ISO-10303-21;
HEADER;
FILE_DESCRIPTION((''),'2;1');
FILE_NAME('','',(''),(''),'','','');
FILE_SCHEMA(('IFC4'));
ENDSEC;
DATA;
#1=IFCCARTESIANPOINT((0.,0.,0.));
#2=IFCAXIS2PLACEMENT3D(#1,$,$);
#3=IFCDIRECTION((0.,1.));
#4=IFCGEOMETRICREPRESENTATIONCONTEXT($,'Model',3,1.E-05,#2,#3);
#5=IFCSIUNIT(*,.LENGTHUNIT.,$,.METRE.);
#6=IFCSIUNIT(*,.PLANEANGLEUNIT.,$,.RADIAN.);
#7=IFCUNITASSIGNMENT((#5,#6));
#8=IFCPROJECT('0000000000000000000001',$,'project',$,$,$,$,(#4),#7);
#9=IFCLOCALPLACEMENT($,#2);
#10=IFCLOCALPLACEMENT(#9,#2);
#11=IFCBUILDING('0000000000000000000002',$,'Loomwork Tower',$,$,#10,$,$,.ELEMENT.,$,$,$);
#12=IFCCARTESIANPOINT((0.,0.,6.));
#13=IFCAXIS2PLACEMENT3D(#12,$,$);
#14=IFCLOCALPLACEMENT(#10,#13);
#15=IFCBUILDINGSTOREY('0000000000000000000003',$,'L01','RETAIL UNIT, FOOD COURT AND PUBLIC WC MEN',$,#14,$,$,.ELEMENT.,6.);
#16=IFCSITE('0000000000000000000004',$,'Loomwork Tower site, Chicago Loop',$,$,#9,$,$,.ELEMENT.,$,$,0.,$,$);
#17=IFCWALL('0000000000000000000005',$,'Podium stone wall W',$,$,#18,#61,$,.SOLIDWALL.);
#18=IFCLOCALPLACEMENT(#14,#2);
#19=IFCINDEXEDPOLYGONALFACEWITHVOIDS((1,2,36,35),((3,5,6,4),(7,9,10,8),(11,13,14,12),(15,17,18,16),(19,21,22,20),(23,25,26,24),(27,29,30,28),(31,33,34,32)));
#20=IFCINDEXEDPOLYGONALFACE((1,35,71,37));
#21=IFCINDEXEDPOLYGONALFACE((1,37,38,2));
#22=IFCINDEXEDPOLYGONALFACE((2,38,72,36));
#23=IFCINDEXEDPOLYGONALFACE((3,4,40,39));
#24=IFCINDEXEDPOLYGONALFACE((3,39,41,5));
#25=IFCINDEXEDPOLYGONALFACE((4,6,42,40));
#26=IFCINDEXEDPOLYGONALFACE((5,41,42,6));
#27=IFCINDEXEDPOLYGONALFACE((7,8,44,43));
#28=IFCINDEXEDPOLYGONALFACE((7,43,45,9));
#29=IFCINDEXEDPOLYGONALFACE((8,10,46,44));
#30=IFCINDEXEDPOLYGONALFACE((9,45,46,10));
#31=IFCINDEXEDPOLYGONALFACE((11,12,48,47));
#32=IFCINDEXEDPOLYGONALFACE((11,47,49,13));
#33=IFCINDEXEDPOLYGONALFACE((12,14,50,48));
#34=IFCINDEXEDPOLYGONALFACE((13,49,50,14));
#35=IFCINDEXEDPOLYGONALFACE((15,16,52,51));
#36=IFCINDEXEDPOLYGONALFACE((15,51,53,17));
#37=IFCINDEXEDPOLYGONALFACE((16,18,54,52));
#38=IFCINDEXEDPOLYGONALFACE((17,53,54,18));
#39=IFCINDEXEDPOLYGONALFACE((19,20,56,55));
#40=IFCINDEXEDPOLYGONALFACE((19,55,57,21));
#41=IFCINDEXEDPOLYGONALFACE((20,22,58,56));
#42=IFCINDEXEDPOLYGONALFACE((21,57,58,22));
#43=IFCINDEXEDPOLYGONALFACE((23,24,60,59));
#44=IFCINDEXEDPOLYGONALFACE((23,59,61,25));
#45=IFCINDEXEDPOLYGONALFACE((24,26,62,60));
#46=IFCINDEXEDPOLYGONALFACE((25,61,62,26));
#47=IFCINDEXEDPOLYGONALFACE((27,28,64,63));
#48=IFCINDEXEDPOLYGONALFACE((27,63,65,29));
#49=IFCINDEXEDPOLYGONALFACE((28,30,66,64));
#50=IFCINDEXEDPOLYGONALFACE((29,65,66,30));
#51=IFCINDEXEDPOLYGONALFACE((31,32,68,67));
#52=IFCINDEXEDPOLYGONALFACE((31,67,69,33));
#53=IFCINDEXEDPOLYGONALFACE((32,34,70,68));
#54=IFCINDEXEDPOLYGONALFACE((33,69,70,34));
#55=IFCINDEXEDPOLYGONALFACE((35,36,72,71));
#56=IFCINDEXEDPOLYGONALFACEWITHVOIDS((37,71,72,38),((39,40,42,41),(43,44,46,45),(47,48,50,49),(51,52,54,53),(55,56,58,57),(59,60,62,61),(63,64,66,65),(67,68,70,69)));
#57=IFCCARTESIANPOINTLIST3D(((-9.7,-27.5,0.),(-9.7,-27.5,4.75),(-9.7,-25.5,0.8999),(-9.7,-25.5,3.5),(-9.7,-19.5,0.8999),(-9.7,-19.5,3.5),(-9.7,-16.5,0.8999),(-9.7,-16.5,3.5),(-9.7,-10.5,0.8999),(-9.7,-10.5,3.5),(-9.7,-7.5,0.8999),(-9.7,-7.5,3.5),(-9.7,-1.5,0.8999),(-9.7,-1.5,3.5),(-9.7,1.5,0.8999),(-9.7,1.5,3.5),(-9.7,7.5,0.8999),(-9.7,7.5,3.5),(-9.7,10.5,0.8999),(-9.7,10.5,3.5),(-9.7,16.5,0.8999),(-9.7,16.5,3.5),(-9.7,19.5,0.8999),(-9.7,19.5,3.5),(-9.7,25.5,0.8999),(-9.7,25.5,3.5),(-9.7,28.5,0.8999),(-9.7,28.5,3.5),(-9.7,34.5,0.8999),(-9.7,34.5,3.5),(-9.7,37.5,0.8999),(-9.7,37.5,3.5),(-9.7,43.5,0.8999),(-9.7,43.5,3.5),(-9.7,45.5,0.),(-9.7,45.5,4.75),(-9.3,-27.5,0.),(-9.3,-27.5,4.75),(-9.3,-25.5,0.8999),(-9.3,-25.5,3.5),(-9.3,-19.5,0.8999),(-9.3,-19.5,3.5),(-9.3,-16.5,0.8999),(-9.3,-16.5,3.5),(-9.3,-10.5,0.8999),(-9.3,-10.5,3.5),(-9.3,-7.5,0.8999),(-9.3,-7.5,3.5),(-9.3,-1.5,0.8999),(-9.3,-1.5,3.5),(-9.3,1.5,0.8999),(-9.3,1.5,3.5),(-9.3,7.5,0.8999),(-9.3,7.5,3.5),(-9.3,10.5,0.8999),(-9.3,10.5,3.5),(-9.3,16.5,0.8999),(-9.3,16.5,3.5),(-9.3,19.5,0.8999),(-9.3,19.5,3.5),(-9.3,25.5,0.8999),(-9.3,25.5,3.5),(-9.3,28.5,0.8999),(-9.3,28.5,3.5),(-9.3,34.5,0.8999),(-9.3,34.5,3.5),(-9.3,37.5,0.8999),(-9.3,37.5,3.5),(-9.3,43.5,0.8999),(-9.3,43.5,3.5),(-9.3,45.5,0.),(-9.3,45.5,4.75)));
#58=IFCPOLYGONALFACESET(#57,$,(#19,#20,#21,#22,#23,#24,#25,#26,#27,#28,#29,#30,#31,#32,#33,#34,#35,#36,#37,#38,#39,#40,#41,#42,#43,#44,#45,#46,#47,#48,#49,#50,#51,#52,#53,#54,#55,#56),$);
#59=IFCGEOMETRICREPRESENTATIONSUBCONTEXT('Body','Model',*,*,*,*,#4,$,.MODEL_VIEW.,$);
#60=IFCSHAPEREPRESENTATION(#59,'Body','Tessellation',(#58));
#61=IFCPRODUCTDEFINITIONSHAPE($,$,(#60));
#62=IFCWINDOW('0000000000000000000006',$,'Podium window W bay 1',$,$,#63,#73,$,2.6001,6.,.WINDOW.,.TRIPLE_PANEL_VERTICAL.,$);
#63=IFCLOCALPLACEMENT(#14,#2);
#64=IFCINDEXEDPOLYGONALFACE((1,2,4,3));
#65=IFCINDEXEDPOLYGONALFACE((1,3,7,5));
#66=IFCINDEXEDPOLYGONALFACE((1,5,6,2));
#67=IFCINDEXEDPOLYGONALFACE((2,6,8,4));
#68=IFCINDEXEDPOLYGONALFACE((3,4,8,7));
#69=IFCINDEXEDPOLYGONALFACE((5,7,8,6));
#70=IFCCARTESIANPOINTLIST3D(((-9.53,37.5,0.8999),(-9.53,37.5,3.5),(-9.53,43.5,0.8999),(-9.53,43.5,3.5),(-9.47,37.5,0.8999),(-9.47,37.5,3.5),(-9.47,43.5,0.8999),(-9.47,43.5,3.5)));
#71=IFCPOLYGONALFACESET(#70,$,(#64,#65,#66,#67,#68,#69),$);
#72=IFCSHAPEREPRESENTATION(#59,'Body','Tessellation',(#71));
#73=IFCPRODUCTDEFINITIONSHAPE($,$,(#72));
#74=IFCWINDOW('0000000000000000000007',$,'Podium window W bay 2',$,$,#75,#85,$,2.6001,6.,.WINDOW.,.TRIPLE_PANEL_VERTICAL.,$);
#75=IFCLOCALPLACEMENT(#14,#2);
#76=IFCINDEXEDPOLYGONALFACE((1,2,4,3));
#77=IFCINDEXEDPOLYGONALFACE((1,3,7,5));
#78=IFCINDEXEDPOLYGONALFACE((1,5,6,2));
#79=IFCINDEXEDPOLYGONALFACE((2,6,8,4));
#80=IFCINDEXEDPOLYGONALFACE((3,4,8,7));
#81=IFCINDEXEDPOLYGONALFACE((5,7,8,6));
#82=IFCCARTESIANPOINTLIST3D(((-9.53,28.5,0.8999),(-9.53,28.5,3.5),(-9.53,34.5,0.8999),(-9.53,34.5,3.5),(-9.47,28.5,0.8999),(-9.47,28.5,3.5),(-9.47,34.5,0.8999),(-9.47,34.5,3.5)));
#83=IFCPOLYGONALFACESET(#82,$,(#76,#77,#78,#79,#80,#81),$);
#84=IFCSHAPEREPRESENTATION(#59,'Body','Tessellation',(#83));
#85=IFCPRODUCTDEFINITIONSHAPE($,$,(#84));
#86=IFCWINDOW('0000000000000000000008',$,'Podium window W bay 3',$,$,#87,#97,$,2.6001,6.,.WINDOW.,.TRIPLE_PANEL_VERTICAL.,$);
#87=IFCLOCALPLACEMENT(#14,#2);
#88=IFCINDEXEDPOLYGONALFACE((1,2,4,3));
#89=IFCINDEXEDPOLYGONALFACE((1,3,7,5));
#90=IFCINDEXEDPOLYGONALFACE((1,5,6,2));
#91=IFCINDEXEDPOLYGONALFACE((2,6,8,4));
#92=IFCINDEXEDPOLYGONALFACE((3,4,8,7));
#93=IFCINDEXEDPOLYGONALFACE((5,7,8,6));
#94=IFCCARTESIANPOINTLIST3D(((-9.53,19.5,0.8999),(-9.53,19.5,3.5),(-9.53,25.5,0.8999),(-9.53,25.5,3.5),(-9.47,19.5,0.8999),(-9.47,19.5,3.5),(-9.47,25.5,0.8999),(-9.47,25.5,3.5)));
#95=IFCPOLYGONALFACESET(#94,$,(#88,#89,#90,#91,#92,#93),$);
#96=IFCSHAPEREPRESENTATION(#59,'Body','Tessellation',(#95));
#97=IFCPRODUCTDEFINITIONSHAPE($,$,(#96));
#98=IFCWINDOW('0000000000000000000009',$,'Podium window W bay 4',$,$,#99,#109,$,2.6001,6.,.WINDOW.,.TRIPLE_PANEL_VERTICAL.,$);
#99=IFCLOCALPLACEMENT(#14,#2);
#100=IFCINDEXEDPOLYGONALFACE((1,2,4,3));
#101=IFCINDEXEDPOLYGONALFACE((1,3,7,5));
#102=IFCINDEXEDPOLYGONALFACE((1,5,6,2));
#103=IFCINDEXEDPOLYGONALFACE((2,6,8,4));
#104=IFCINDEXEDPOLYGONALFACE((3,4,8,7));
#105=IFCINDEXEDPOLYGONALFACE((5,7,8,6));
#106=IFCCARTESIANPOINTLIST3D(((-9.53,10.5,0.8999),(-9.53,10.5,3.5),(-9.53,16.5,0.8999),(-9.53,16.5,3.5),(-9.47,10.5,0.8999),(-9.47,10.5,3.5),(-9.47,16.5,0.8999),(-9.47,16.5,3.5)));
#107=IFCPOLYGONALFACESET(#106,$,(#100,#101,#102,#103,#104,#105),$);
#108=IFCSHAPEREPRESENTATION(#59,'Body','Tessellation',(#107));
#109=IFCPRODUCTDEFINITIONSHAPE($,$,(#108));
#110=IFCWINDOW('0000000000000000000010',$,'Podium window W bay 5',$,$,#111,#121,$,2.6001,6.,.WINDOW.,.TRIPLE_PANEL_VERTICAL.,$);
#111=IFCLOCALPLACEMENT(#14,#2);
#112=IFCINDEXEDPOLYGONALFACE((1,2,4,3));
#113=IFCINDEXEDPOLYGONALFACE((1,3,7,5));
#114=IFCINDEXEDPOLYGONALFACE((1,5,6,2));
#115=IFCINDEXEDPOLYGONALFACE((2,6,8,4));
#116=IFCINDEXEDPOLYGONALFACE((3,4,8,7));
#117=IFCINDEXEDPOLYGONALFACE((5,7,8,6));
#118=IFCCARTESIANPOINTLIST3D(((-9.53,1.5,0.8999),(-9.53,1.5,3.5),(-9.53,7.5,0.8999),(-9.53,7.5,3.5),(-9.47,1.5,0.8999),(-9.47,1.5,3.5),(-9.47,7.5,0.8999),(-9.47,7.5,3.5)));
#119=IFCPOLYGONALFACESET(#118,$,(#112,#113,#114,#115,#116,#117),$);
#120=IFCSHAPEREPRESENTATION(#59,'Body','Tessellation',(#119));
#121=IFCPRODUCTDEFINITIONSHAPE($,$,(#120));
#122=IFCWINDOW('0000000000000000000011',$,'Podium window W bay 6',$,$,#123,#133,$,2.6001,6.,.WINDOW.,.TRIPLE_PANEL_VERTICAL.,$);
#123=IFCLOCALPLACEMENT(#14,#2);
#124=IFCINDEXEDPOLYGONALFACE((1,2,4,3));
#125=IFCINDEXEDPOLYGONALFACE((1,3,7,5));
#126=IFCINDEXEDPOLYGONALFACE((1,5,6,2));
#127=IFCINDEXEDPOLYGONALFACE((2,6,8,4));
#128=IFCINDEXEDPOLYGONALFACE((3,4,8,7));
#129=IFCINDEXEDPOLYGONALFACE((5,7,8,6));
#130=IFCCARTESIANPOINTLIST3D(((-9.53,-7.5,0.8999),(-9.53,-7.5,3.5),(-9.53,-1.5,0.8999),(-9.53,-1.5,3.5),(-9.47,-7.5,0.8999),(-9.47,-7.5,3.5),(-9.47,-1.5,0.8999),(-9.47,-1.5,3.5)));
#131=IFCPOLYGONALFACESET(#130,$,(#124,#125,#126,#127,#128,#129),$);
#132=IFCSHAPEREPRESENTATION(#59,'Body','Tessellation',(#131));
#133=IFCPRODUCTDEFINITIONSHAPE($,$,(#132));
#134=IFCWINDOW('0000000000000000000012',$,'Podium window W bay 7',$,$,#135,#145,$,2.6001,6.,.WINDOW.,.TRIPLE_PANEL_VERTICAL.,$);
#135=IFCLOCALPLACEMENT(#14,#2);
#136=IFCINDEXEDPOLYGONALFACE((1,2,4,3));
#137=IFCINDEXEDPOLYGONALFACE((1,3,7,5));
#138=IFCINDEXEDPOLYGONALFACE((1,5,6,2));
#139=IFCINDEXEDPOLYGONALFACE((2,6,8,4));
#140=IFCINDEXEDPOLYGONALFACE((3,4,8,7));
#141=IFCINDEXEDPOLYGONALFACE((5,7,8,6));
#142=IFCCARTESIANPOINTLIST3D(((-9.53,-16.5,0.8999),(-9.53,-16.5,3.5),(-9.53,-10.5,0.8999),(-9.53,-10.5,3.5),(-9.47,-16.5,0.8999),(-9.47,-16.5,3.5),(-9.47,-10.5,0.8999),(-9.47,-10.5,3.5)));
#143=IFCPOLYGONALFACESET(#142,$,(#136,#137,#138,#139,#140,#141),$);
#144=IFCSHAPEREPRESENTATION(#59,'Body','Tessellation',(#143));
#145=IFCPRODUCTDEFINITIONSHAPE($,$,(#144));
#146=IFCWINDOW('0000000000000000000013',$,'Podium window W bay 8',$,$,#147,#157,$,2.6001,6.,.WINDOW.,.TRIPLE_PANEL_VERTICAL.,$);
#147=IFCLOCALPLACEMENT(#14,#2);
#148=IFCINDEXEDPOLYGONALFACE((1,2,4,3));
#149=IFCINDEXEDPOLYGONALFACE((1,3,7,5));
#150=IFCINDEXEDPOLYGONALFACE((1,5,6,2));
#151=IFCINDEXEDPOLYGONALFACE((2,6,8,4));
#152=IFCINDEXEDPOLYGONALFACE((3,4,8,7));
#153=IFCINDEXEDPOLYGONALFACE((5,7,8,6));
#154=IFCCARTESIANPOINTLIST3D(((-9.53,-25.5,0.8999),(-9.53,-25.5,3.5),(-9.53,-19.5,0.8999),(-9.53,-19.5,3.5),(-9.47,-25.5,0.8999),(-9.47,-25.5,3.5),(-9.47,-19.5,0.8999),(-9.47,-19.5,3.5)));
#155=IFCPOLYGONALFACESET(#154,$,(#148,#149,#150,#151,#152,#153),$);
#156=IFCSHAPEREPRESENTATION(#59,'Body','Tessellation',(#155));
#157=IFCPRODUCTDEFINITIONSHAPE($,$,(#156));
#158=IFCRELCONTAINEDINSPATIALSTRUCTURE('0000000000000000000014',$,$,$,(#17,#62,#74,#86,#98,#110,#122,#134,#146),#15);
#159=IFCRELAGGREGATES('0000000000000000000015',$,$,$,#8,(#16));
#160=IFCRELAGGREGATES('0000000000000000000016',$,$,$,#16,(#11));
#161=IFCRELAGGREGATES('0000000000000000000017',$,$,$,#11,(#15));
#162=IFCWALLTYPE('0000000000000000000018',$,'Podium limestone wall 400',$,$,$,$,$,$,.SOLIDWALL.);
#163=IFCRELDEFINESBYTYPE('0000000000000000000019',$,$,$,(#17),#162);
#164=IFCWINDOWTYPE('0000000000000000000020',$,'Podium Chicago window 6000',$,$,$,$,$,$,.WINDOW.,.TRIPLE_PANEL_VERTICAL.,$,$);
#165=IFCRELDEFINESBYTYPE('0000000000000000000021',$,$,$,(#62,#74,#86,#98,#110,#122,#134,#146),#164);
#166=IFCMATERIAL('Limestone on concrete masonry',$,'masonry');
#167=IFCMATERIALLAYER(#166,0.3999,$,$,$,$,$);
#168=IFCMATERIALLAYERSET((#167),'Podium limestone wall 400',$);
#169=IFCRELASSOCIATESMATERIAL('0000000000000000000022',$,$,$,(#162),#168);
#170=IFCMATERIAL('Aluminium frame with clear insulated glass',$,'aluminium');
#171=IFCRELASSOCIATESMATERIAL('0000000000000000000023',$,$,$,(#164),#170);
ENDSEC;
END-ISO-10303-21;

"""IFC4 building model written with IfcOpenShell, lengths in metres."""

from ifc_helpers import new_model, si_unit, direction, frame, frame_2d, origin, place, context, subcontext, project, spatial, rectangle, extrude, material, layer, layer_set, type_object, element, fill, save


model = new_model("IFC4")

# Units and contexts
model_context = context("Model", 3, precision=1e-05, world=origin(), true_north=direction((0.0, 1.0)))
body_context = subcontext(model_context, "Body", "Model", "MODEL_VIEW")
ifc_project = project(units=[si_unit("LENGTHUNIT", "METRE"), si_unit("PLANEANGLEUNIT", "RADIAN")], contexts=[model_context])

# Site, building, storey
site_placement = place(None, origin())
site = spatial("IfcSite", under=ifc_project, at=site_placement, Name="Loomwork Tower site, Chicago Loop", CompositionType="ELEMENT", RefElevation=0.0)
building_placement = place(site_placement, origin())
building = spatial("IfcBuilding", under=site, at=building_placement, Name="Loomwork Tower", CompositionType="ELEMENT")
storey_placement = place(building_placement, frame((0.0, 0.0, 6.0)))
storey = spatial("IfcBuildingStorey", under=building, at=storey_placement, Name="L01", Description="RETAIL UNIT, FOOD COURT AND PUBLIC WC MEN", CompositionType="ELEMENT", Elevation=6.0)

# Wall, openings, windows
ifc_material_1 = material(Name="Limestone on concrete masonry", Category="masonry")
ifc_layer_1 = layer(ifc_material_1, 0.3999)
ifc_layer_set_1 = layer_set([ifc_layer_1], Name="Podium limestone wall 400")
wall_type_1 = type_object("IfcWallType", Name="Podium limestone wall 400", PredefinedType="SOLIDWALL", material=ifc_layer_set_1)
wall_1_placement = place(storey_placement, frame((-9.5, 45.5, 0.0), z_axis=(0.0, 0.0, 1.0), x_axis=(0.0, -1.0, 0.0)))
wall_1 = element("IfcWall", 1, at=wall_1_placement, inside=storey, type_object=wall_type_1, Name="Podium stone wall W", PredefinedType="SOLIDWALL", context=body_context, shape_type="SweptSolid", body=[
    extrude(rectangle(XDim=73.0, YDim=0.3999, at=frame_2d((36.5, 0.0))), origin(), (0.0, 0.0, 1.0), 4.75),
])
opening_1_placement = place(wall_1_placement, frame((2.0, 0.0, 0.8999)))
opening_1 = element("IfcOpeningElement", 2, at=opening_1_placement, cuts=wall_1, PredefinedType="OPENING", context=body_context, shape_type="SweptSolid", body=[
    extrude(rectangle(XDim=6.0, YDim=2.6001, at=frame_2d((3.0, 1.3))), frame((0.0, 0.21, 0.0), z_axis=(0.0, -1.0, 0.0), x_axis=(1.0, 0.0, 0.0)), (0.0, 0.0, 1.0), 0.4199),
])
opening_2_placement = place(wall_1_placement, frame((11.0, 0.0, 0.8999)))
opening_2 = element("IfcOpeningElement", 3, at=opening_2_placement, cuts=wall_1, PredefinedType="OPENING", context=body_context, shape_type="SweptSolid", body=[
    extrude(rectangle(XDim=6.0, YDim=2.6001, at=frame_2d((3.0, 1.3))), frame((0.0, 0.21, 0.0), z_axis=(0.0, -1.0, 0.0), x_axis=(1.0, 0.0, 0.0)), (0.0, 0.0, 1.0), 0.4199),
])
opening_3_placement = place(wall_1_placement, frame((20.0, 0.0, 0.8999)))
opening_3 = element("IfcOpeningElement", 4, at=opening_3_placement, cuts=wall_1, PredefinedType="OPENING", context=body_context, shape_type="SweptSolid", body=[
    extrude(rectangle(XDim=6.0, YDim=2.6001, at=frame_2d((3.0, 1.3))), frame((0.0, 0.21, 0.0), z_axis=(0.0, -1.0, 0.0), x_axis=(1.0, 0.0, 0.0)), (0.0, 0.0, 1.0), 0.4199),
])
opening_4_placement = place(wall_1_placement, frame((29.0, 0.0, 0.8999)))
opening_4 = element("IfcOpeningElement", 5, at=opening_4_placement, cuts=wall_1, PredefinedType="OPENING", context=body_context, shape_type="SweptSolid", body=[
    extrude(rectangle(XDim=6.0, YDim=2.6001, at=frame_2d((3.0, 1.3))), frame((0.0, 0.21, 0.0), z_axis=(0.0, -1.0, 0.0), x_axis=(1.0, 0.0, 0.0)), (0.0, 0.0, 1.0), 0.4199),
])
opening_5_placement = place(wall_1_placement, frame((38.0, 0.0, 0.8999)))
opening_5 = element("IfcOpeningElement", 6, at=opening_5_placement, cuts=wall_1, PredefinedType="OPENING", context=body_context, shape_type="SweptSolid", body=[
    extrude(rectangle(XDim=6.0, YDim=2.6001, at=frame_2d((3.0, 1.3))), frame((0.0, 0.21, 0.0), z_axis=(0.0, -1.0, 0.0), x_axis=(1.0, 0.0, 0.0)), (0.0, 0.0, 1.0), 0.4199),
])
opening_6_placement = place(wall_1_placement, frame((47.0, 0.0, 0.8999)))
opening_6 = element("IfcOpeningElement", 7, at=opening_6_placement, cuts=wall_1, PredefinedType="OPENING", context=body_context, shape_type="SweptSolid", body=[
    extrude(rectangle(XDim=6.0, YDim=2.6001, at=frame_2d((3.0, 1.3))), frame((0.0, 0.21, 0.0), z_axis=(0.0, -1.0, 0.0), x_axis=(1.0, 0.0, 0.0)), (0.0, 0.0, 1.0), 0.4199),
])
opening_7_placement = place(wall_1_placement, frame((56.0, 0.0, 0.8999)))
opening_7 = element("IfcOpeningElement", 8, at=opening_7_placement, cuts=wall_1, PredefinedType="OPENING", context=body_context, shape_type="SweptSolid", body=[
    extrude(rectangle(XDim=6.0, YDim=2.6001, at=frame_2d((3.0, 1.3))), frame((0.0, 0.21, 0.0), z_axis=(0.0, -1.0, 0.0), x_axis=(1.0, 0.0, 0.0)), (0.0, 0.0, 1.0), 0.4199),
])
opening_8_placement = place(wall_1_placement, frame((65.0, 0.0, 0.8999)))
opening_8 = element("IfcOpeningElement", 9, at=opening_8_placement, cuts=wall_1, PredefinedType="OPENING", context=body_context, shape_type="SweptSolid", body=[
    extrude(rectangle(XDim=6.0, YDim=2.6001, at=frame_2d((3.0, 1.3))), frame((0.0, 0.21, 0.0), z_axis=(0.0, -1.0, 0.0), x_axis=(1.0, 0.0, 0.0)), (0.0, 0.0, 1.0), 0.4199),
])
ifc_material_2 = material(Name="Aluminium frame with clear insulated glass", Category="aluminium")
window_type = type_object("IfcWindowType", Name="Podium Chicago window 6000", PartitioningType="TRIPLE_PANEL_VERTICAL", PredefinedType="WINDOW", material=ifc_material_2)
window_1_placement = place(opening_1_placement, origin())
window_1 = element("IfcWindow", 10, at=window_1_placement, inside=storey, type_object=window_type, Name="Podium window W bay 1", OverallHeight=2.6001, OverallWidth=6.0, PartitioningType="TRIPLE_PANEL_VERTICAL", PredefinedType="WINDOW", context=body_context, shape_type="SweptSolid", body=[
    extrude(rectangle(XDim=6.0, YDim=2.6001, at=frame_2d((3.0, 1.3))), frame((0.0, 0.03, 0.0), z_axis=(0.0, -1.0, 0.0), x_axis=(1.0, 0.0, 0.0)), (0.0, 0.0, 1.0), 0.0601),
])
fill(opening_1, window_1)
window_2_placement = place(opening_2_placement, origin())
window_2 = element("IfcWindow", 11, at=window_2_placement, inside=storey, type_object=window_type, Name="Podium window W bay 2", OverallHeight=2.6001, OverallWidth=6.0, PartitioningType="TRIPLE_PANEL_VERTICAL", PredefinedType="WINDOW", context=body_context, shape_type="SweptSolid", body=[
    extrude(rectangle(XDim=6.0, YDim=2.6001, at=frame_2d((3.0, 1.3))), frame((0.0, 0.03, 0.0), z_axis=(0.0, -1.0, 0.0), x_axis=(1.0, 0.0, 0.0)), (0.0, 0.0, 1.0), 0.0601),
])
fill(opening_2, window_2)
window_3_placement = place(opening_3_placement, origin())
window_3 = element("IfcWindow", 12, at=window_3_placement, inside=storey, type_object=window_type, Name="Podium window W bay 3", OverallHeight=2.6001, OverallWidth=6.0, PartitioningType="TRIPLE_PANEL_VERTICAL", PredefinedType="WINDOW", context=body_context, shape_type="SweptSolid", body=[
    extrude(rectangle(XDim=6.0, YDim=2.6001, at=frame_2d((3.0, 1.3))), frame((0.0, 0.03, 0.0), z_axis=(0.0, -1.0, 0.0), x_axis=(1.0, 0.0, 0.0)), (0.0, 0.0, 1.0), 0.0601),
])
fill(opening_3, window_3)
window_4_placement = place(opening_4_placement, origin())
window_4 = element("IfcWindow", 13, at=window_4_placement, inside=storey, type_object=window_type, Name="Podium window W bay 4", OverallHeight=2.6001, OverallWidth=6.0, PartitioningType="TRIPLE_PANEL_VERTICAL", PredefinedType="WINDOW", context=body_context, shape_type="SweptSolid", body=[
    extrude(rectangle(XDim=6.0, YDim=2.6001, at=frame_2d((3.0, 1.3))), frame((0.0, 0.03, 0.0), z_axis=(0.0, -1.0, 0.0), x_axis=(1.0, 0.0, 0.0)), (0.0, 0.0, 1.0), 0.0601),
])
fill(opening_4, window_4)
window_5_placement = place(opening_5_placement, origin())
window_5 = element("IfcWindow", 14, at=window_5_placement, inside=storey, type_object=window_type, Name="Podium window W bay 5", OverallHeight=2.6001, OverallWidth=6.0, PartitioningType="TRIPLE_PANEL_VERTICAL", PredefinedType="WINDOW", context=body_context, shape_type="SweptSolid", body=[
    extrude(rectangle(XDim=6.0, YDim=2.6001, at=frame_2d((3.0, 1.3))), frame((0.0, 0.03, 0.0), z_axis=(0.0, -1.0, 0.0), x_axis=(1.0, 0.0, 0.0)), (0.0, 0.0, 1.0), 0.0601),
])
fill(opening_5, window_5)
window_6_placement = place(opening_6_placement, origin())
window_6 = element("IfcWindow", 15, at=window_6_placement, inside=storey, type_object=window_type, Name="Podium window W bay 6", OverallHeight=2.6001, OverallWidth=6.0, PartitioningType="TRIPLE_PANEL_VERTICAL", PredefinedType="WINDOW", context=body_context, shape_type="SweptSolid", body=[
    extrude(rectangle(XDim=6.0, YDim=2.6001, at=frame_2d((3.0, 1.3))), frame((0.0, 0.03, 0.0), z_axis=(0.0, -1.0, 0.0), x_axis=(1.0, 0.0, 0.0)), (0.0, 0.0, 1.0), 0.0601),
])
fill(opening_6, window_6)
window_7_placement = place(opening_7_placement, origin())
window_7 = element("IfcWindow", 16, at=window_7_placement, inside=storey, type_object=window_type, Name="Podium window W bay 7", OverallHeight=2.6001, OverallWidth=6.0, PartitioningType="TRIPLE_PANEL_VERTICAL", PredefinedType="WINDOW", context=body_context, shape_type="SweptSolid", body=[
    extrude(rectangle(XDim=6.0, YDim=2.6001, at=frame_2d((3.0, 1.3))), frame((0.0, 0.03, 0.0), z_axis=(0.0, -1.0, 0.0), x_axis=(1.0, 0.0, 0.0)), (0.0, 0.0, 1.0), 0.0601),
])
fill(opening_7, window_7)
window_8_placement = place(opening_8_placement, origin())
window_8 = element("IfcWindow", 17, at=window_8_placement, inside=storey, type_object=window_type, Name="Podium window W bay 8", OverallHeight=2.6001, OverallWidth=6.0, PartitioningType="TRIPLE_PANEL_VERTICAL", PredefinedType="WINDOW", context=body_context, shape_type="SweptSolid", body=[
    extrude(rectangle(XDim=6.0, YDim=2.6001, at=frame_2d((3.0, 1.3))), frame((0.0, 0.03, 0.0), z_axis=(0.0, -1.0, 0.0), x_axis=(1.0, 0.0, 0.0)), (0.0, 0.0, 1.0), 0.0601),
])
fill(opening_8, window_8)

save(model, "model.ifc")
